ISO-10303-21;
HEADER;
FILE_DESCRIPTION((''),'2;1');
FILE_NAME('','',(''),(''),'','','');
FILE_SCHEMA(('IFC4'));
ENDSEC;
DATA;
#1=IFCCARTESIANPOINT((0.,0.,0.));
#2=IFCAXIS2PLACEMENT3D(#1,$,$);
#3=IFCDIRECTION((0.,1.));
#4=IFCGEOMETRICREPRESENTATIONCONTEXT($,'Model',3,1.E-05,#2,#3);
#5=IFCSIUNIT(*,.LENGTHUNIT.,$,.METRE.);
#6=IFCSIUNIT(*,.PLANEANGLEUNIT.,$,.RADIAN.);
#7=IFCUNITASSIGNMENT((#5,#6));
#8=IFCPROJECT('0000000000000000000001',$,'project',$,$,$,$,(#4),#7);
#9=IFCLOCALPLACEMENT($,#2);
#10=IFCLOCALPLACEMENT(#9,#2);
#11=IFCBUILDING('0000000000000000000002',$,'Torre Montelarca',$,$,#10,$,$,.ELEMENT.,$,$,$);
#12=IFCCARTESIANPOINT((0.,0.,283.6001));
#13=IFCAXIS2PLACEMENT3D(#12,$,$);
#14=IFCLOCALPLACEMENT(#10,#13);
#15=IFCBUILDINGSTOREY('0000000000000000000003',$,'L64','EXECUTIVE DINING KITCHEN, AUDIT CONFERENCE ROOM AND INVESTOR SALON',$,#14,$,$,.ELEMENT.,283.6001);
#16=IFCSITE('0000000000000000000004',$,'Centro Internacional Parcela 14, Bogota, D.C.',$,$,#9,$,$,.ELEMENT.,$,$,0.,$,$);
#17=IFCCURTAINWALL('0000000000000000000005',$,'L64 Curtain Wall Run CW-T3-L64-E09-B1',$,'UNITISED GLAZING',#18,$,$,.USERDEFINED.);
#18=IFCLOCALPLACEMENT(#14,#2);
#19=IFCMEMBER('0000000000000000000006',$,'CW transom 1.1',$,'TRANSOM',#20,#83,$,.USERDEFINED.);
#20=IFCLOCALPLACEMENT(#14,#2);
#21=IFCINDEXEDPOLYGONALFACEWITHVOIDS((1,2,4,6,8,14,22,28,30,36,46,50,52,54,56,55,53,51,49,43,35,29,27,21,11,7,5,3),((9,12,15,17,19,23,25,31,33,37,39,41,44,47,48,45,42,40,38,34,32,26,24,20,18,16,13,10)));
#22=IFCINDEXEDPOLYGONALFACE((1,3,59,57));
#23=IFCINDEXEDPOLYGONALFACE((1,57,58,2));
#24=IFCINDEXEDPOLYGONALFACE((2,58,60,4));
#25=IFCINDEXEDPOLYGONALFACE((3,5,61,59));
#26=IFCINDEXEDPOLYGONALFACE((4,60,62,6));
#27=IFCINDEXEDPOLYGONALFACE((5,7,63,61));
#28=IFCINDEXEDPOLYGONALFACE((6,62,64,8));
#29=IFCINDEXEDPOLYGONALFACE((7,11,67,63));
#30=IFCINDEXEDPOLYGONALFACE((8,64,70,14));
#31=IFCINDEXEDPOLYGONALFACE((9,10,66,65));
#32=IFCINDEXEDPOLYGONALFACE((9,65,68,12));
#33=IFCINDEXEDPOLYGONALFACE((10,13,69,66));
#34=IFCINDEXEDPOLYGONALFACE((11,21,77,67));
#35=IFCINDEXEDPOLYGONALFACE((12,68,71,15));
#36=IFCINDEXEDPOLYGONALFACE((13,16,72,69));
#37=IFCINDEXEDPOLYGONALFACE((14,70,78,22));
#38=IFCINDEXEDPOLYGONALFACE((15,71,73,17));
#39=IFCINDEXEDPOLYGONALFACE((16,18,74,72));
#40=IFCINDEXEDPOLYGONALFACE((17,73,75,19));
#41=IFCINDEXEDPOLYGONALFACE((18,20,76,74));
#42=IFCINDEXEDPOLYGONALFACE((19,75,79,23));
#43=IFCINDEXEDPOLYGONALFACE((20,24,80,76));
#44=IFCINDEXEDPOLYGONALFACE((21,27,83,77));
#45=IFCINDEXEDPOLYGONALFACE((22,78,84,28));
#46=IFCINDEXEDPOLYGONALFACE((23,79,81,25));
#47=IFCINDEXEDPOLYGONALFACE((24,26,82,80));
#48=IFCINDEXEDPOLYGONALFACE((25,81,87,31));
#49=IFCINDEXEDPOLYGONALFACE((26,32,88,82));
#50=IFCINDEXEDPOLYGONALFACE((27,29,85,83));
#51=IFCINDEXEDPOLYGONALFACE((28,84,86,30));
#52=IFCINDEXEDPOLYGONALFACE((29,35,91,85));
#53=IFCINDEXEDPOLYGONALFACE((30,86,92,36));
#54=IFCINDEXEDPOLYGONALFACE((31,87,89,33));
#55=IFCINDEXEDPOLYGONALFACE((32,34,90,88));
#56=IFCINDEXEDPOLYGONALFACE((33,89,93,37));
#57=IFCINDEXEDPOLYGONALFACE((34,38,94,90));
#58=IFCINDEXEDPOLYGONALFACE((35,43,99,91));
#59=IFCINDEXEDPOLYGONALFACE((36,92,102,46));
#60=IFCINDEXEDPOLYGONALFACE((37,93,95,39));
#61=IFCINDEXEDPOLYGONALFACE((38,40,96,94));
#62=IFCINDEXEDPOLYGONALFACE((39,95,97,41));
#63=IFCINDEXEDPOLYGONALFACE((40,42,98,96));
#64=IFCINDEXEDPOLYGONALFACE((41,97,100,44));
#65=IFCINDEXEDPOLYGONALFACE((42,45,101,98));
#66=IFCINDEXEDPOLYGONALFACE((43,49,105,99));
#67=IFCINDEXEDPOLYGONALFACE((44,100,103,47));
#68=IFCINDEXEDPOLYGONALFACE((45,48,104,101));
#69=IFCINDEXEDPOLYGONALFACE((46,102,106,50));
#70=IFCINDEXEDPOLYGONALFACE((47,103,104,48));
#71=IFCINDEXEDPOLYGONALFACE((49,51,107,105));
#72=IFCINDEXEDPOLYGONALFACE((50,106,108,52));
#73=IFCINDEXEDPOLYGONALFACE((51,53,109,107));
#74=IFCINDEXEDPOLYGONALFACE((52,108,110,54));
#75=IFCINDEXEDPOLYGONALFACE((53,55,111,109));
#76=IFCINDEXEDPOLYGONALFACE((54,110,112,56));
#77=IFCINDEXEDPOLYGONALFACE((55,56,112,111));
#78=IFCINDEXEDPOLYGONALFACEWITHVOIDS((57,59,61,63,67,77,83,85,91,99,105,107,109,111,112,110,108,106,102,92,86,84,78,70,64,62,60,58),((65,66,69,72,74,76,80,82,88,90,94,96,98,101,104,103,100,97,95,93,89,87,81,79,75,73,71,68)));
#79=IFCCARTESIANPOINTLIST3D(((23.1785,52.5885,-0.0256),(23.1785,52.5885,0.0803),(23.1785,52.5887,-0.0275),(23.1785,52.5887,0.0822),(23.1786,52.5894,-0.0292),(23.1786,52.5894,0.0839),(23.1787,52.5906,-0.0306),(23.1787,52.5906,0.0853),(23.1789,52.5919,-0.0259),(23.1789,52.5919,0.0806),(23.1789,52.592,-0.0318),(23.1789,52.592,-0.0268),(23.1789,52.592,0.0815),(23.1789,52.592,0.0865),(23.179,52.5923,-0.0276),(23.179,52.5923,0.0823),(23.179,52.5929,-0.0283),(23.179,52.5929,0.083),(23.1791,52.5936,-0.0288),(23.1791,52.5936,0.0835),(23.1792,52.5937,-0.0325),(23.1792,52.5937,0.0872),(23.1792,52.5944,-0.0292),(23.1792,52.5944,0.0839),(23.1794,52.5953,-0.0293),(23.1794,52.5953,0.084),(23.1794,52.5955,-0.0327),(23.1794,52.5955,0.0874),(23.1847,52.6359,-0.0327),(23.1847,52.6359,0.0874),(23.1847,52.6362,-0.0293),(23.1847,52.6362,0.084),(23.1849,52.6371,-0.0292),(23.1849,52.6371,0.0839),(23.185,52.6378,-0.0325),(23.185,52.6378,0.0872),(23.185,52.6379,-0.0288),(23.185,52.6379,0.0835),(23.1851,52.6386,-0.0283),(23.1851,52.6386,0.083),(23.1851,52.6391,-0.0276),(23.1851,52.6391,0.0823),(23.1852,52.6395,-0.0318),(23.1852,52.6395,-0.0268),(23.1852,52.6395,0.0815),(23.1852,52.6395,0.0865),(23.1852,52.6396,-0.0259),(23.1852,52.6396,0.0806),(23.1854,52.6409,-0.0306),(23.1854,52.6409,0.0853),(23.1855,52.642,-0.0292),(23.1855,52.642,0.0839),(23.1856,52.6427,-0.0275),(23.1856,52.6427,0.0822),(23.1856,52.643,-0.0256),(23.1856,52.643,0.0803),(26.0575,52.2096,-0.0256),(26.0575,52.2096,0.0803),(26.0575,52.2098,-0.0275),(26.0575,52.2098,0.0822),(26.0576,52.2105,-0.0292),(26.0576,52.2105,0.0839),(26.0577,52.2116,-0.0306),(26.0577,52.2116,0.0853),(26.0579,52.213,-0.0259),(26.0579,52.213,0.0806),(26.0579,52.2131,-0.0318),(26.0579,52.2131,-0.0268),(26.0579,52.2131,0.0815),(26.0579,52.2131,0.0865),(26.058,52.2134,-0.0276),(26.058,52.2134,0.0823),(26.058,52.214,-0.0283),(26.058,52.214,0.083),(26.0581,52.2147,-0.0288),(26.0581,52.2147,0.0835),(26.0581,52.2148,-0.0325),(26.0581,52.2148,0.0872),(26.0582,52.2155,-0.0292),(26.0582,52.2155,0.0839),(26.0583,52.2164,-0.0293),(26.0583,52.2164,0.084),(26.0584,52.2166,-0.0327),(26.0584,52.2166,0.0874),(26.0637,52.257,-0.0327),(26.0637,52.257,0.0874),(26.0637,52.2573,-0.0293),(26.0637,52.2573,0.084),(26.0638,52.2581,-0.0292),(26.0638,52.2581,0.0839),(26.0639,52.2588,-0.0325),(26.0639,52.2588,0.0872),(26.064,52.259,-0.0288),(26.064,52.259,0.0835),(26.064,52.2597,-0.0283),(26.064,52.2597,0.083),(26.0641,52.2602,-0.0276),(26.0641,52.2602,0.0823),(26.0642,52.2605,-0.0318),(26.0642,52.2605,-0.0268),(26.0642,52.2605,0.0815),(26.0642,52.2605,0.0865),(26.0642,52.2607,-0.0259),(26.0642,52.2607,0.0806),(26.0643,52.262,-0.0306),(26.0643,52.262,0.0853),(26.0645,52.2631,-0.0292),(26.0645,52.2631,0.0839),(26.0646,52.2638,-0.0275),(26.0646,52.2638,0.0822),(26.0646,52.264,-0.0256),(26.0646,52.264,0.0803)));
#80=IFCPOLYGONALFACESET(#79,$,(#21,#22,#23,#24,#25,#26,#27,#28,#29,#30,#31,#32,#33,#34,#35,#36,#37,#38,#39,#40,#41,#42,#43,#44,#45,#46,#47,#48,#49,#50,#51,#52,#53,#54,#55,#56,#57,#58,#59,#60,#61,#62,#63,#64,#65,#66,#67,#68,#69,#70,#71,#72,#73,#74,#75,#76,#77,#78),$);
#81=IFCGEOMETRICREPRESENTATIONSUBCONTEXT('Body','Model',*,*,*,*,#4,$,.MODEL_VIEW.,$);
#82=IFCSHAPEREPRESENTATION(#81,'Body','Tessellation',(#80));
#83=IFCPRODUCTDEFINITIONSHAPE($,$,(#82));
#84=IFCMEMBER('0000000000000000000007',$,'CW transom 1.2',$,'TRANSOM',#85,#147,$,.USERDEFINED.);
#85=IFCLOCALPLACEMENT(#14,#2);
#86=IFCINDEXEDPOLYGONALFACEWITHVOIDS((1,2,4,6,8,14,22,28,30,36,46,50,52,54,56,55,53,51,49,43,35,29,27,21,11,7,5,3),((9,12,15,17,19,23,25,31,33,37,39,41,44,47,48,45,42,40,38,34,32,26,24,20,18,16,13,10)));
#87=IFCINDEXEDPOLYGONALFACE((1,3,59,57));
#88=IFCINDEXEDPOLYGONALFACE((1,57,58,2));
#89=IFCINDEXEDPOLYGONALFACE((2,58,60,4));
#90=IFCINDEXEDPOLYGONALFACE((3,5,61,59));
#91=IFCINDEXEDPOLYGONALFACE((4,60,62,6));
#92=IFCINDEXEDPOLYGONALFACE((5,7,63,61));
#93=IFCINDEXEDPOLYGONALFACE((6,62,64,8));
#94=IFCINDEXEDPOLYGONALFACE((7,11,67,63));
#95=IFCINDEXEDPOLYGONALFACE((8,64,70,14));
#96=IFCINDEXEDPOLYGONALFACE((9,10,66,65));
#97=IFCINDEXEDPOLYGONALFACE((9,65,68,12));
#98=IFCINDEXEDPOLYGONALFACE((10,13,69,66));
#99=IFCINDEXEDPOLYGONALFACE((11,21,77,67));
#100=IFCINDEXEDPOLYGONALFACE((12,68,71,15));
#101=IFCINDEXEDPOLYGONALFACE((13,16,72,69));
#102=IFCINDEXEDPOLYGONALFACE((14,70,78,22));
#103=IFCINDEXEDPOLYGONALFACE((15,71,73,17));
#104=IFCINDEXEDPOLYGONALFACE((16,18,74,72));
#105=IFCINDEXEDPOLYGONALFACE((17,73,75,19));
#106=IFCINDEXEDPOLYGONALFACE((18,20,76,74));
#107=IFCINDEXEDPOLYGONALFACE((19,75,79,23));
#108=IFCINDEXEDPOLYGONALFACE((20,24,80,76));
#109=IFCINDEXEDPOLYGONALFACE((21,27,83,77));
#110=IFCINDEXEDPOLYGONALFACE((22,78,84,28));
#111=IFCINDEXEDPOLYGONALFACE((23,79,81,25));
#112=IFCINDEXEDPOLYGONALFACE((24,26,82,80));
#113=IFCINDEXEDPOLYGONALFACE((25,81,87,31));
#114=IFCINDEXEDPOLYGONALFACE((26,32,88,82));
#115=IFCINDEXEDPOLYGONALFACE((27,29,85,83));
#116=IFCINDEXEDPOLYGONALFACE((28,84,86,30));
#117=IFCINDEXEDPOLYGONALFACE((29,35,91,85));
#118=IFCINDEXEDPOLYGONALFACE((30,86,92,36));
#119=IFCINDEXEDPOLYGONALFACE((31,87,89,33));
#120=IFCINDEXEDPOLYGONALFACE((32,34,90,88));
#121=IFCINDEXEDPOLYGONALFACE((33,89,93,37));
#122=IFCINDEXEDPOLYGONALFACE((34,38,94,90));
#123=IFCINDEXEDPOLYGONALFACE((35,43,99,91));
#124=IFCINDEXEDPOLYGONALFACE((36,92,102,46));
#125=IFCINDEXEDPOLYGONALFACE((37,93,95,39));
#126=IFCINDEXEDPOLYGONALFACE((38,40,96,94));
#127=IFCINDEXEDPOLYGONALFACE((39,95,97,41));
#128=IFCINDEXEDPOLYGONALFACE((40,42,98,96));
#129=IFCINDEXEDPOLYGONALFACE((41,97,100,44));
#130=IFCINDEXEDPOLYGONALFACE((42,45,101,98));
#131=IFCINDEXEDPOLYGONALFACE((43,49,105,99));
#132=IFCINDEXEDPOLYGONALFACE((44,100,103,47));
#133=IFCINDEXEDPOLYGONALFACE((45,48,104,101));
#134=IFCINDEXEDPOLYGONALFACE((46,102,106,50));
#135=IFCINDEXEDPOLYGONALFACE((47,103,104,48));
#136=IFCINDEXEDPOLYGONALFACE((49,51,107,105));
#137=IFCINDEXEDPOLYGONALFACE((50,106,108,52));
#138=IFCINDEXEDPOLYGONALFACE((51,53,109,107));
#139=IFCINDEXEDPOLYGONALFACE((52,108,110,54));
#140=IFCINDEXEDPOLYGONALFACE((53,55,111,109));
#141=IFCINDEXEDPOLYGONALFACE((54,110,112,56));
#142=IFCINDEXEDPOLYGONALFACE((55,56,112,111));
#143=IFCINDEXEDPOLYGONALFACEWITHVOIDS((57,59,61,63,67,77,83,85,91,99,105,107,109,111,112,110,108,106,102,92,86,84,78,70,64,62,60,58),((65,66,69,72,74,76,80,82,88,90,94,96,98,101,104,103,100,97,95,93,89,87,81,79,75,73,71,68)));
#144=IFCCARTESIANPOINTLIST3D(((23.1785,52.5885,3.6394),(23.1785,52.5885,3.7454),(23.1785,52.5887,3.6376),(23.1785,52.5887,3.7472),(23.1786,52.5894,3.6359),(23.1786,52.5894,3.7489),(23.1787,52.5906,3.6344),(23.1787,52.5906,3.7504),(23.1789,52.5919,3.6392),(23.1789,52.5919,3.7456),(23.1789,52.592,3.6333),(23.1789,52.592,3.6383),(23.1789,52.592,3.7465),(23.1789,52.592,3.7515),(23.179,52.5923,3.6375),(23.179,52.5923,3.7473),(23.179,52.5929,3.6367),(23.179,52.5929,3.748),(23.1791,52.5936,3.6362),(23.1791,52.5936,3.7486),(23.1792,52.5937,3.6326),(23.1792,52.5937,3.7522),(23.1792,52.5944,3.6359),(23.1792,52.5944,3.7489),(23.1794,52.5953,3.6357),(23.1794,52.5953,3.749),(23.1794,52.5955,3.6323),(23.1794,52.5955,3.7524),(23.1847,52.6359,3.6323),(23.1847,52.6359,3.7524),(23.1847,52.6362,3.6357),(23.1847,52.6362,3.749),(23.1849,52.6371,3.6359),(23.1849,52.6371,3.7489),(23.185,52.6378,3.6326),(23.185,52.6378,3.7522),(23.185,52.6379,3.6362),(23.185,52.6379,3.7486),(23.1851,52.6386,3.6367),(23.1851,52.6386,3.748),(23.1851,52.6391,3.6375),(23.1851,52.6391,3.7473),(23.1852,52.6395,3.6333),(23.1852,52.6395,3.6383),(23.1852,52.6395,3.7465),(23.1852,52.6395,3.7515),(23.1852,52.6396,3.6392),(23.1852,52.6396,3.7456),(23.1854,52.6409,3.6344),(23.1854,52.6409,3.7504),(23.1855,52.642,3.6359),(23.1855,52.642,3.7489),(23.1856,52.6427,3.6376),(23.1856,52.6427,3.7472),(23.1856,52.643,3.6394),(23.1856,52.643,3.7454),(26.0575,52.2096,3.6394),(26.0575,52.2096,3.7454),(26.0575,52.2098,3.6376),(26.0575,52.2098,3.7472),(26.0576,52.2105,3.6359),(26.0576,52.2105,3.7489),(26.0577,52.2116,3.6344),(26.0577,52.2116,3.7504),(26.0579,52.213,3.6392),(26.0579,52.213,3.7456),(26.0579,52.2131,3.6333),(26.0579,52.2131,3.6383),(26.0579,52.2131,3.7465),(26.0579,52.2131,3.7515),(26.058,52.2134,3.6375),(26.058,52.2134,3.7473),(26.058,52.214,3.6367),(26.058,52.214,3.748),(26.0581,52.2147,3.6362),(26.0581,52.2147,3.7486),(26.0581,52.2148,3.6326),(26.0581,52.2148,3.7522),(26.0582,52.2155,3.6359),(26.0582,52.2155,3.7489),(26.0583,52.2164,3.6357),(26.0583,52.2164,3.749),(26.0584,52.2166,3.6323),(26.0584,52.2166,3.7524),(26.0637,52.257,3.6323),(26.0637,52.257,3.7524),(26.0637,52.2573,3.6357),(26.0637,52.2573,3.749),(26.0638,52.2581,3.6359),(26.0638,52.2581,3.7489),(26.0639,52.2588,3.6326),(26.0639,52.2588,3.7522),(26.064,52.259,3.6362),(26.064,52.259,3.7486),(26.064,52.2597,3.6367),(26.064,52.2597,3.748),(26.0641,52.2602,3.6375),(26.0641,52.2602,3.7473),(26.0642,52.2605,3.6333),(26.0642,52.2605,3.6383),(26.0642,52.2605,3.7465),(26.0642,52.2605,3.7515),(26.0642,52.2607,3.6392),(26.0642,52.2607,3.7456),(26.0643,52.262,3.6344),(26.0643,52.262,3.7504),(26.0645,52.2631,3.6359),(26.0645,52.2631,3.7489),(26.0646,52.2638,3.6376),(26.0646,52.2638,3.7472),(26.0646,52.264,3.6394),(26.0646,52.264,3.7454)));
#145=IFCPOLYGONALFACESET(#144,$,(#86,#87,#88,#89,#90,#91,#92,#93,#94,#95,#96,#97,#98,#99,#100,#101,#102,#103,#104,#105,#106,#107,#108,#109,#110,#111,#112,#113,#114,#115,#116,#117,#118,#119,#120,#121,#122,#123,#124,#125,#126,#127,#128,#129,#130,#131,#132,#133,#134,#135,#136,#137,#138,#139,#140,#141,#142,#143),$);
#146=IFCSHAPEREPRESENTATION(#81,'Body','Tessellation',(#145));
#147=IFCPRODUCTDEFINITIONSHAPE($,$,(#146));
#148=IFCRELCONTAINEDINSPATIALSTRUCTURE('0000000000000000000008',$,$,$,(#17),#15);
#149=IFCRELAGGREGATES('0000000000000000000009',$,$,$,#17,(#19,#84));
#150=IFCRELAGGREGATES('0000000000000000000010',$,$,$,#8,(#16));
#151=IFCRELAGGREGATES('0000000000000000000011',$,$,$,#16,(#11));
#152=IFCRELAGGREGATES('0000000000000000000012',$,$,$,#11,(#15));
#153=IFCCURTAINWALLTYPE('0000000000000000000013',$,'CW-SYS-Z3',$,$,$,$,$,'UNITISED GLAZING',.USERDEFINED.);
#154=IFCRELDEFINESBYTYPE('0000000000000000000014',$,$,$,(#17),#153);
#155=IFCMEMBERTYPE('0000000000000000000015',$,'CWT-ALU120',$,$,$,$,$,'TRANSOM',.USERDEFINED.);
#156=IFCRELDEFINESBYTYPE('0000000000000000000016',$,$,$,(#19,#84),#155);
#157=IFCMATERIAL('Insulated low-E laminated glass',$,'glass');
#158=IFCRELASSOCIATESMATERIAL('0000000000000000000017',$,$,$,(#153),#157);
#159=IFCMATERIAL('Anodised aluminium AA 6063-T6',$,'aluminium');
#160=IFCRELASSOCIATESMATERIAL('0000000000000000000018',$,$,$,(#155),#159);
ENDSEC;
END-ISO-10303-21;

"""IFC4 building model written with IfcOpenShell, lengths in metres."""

from ifc_helpers import new_model, si_unit, direction, frame, origin, origin_2d, place, context, subcontext, project, spatial, hollow_rectangle, extrude, source, transform, mapped, material, material_profile, profile_set, type_object, element, aggregate, save


model = new_model("IFC4")

# Units and contexts
model_context = context("Model", 3, precision=1e-05, world=origin(), true_north=direction((0.0, 1.0)))
body_context = subcontext(model_context, "Body", "Model", "MODEL_VIEW")
ifc_project = project(units=[si_unit("LENGTHUNIT", "METRE"), si_unit("PLANEANGLEUNIT", "RADIAN")], contexts=[model_context])

# Site, building, storey
site_placement = place(None, origin())
site = spatial("IfcSite", under=ifc_project, at=site_placement, Name="Centro Internacional Parcela 14, Bogota, D.C.", CompositionType="ELEMENT", RefElevation=0.0)
building_placement = place(site_placement, origin())
building = spatial("IfcBuilding", under=site, at=building_placement, Name="Torre Montelarca", CompositionType="ELEMENT")
storey_placement = place(building_placement, frame((0.0, 0.0, 283.6001)))
storey = spatial("IfcBuildingStorey", under=building, at=storey_placement, Name="L64", Description="EXECUTIVE DINING KITCHEN, AUDIT CONFERENCE ROOM AND INVESTOR SALON", CompositionType="ELEMENT", Elevation=283.6001)

# Curtain wall
ifc_material_1 = material(Name="Insulated low-E laminated glass", Category="glass")
curtain_wall_type = type_object("IfcCurtainWallType", Name="CW-SYS-Z3", ElementType="UNITISED GLAZING", PredefinedType="USERDEFINED", material=ifc_material_1)
curtain_wall_1_placement = place(storey_placement, origin())
curtain_wall_1 = element("IfcCurtainWall", 1, at=curtain_wall_1_placement, inside=storey, type_object=curtain_wall_type, Name="L64 Curtain Wall Run CW-T3-L64-E09-B1", ObjectType="UNITISED GLAZING", PredefinedType="USERDEFINED")
ifc_material_2 = material(Name="Anodised aluminium AA 6063-T6", Category="aluminium")
ifc_material_profile_1 = material_profile(ifc_material_2, hollow_rectangle(XDim=0.0549, YDim=0.1201, WallThickness=0.0034, InnerFilletRadius=0.0034, OuterFilletRadius=0.0071, at=origin_2d()), Name="ALU55X120X3.5", Category="aluminium")
ifc_profile_set_1 = profile_set([ifc_material_profile_1], Name="Anodised aluminium AA 6063-T6")
member_type_1 = type_object("IfcMemberType", Name="CWT-ALU120", ElementType="TRANSOM", PredefinedType="USERDEFINED", material=ifc_profile_set_1)

# Members
shared_shape_1 = source(origin(), body_context, "Body", "SweptSolid", [
    extrude(hollow_rectangle(XDim=0.0549, YDim=0.1201, WallThickness=0.0034, InnerFilletRadius=0.0034, OuterFilletRadius=0.0071, at=origin_2d()), origin(), (0.0, 0.0, 1.0), 2.9038),
])
member_1_placement = place(storey_placement, frame((26.061, 52.2368, 0.0273), z_axis=(-0.99145, 0.130489, 0.0), x_axis=(-0.130489, -0.99145, 0.0)))
member_1 = element("IfcMember", 2, at=member_1_placement, type_object=member_type_1, Name="CW transom 1.1", ObjectType="TRANSOM", PredefinedType="USERDEFINED", context=body_context, shape_type="MappedRepresentation", body=[
    mapped(shared_shape_1, transform((0.0, 0.0, 0.0), scale=1.0)),
])
member_2_placement = place(storey_placement, frame((26.061, 52.2368, 3.6924), z_axis=(-0.99145, 0.130489, 0.0), x_axis=(-0.130489, -0.99145, 0.0)))
member_2 = element("IfcMember", 3, at=member_2_placement, type_object=member_type_1, Name="CW transom 1.2", ObjectType="TRANSOM", PredefinedType="USERDEFINED", context=body_context, shape_type="MappedRepresentation", body=[
    mapped(shared_shape_1, transform((0.0, 0.0, 0.0), scale=1.0)),
])

aggregate(curtain_wall_1, [member_1, member_2])

save(model, "model.ifc")
